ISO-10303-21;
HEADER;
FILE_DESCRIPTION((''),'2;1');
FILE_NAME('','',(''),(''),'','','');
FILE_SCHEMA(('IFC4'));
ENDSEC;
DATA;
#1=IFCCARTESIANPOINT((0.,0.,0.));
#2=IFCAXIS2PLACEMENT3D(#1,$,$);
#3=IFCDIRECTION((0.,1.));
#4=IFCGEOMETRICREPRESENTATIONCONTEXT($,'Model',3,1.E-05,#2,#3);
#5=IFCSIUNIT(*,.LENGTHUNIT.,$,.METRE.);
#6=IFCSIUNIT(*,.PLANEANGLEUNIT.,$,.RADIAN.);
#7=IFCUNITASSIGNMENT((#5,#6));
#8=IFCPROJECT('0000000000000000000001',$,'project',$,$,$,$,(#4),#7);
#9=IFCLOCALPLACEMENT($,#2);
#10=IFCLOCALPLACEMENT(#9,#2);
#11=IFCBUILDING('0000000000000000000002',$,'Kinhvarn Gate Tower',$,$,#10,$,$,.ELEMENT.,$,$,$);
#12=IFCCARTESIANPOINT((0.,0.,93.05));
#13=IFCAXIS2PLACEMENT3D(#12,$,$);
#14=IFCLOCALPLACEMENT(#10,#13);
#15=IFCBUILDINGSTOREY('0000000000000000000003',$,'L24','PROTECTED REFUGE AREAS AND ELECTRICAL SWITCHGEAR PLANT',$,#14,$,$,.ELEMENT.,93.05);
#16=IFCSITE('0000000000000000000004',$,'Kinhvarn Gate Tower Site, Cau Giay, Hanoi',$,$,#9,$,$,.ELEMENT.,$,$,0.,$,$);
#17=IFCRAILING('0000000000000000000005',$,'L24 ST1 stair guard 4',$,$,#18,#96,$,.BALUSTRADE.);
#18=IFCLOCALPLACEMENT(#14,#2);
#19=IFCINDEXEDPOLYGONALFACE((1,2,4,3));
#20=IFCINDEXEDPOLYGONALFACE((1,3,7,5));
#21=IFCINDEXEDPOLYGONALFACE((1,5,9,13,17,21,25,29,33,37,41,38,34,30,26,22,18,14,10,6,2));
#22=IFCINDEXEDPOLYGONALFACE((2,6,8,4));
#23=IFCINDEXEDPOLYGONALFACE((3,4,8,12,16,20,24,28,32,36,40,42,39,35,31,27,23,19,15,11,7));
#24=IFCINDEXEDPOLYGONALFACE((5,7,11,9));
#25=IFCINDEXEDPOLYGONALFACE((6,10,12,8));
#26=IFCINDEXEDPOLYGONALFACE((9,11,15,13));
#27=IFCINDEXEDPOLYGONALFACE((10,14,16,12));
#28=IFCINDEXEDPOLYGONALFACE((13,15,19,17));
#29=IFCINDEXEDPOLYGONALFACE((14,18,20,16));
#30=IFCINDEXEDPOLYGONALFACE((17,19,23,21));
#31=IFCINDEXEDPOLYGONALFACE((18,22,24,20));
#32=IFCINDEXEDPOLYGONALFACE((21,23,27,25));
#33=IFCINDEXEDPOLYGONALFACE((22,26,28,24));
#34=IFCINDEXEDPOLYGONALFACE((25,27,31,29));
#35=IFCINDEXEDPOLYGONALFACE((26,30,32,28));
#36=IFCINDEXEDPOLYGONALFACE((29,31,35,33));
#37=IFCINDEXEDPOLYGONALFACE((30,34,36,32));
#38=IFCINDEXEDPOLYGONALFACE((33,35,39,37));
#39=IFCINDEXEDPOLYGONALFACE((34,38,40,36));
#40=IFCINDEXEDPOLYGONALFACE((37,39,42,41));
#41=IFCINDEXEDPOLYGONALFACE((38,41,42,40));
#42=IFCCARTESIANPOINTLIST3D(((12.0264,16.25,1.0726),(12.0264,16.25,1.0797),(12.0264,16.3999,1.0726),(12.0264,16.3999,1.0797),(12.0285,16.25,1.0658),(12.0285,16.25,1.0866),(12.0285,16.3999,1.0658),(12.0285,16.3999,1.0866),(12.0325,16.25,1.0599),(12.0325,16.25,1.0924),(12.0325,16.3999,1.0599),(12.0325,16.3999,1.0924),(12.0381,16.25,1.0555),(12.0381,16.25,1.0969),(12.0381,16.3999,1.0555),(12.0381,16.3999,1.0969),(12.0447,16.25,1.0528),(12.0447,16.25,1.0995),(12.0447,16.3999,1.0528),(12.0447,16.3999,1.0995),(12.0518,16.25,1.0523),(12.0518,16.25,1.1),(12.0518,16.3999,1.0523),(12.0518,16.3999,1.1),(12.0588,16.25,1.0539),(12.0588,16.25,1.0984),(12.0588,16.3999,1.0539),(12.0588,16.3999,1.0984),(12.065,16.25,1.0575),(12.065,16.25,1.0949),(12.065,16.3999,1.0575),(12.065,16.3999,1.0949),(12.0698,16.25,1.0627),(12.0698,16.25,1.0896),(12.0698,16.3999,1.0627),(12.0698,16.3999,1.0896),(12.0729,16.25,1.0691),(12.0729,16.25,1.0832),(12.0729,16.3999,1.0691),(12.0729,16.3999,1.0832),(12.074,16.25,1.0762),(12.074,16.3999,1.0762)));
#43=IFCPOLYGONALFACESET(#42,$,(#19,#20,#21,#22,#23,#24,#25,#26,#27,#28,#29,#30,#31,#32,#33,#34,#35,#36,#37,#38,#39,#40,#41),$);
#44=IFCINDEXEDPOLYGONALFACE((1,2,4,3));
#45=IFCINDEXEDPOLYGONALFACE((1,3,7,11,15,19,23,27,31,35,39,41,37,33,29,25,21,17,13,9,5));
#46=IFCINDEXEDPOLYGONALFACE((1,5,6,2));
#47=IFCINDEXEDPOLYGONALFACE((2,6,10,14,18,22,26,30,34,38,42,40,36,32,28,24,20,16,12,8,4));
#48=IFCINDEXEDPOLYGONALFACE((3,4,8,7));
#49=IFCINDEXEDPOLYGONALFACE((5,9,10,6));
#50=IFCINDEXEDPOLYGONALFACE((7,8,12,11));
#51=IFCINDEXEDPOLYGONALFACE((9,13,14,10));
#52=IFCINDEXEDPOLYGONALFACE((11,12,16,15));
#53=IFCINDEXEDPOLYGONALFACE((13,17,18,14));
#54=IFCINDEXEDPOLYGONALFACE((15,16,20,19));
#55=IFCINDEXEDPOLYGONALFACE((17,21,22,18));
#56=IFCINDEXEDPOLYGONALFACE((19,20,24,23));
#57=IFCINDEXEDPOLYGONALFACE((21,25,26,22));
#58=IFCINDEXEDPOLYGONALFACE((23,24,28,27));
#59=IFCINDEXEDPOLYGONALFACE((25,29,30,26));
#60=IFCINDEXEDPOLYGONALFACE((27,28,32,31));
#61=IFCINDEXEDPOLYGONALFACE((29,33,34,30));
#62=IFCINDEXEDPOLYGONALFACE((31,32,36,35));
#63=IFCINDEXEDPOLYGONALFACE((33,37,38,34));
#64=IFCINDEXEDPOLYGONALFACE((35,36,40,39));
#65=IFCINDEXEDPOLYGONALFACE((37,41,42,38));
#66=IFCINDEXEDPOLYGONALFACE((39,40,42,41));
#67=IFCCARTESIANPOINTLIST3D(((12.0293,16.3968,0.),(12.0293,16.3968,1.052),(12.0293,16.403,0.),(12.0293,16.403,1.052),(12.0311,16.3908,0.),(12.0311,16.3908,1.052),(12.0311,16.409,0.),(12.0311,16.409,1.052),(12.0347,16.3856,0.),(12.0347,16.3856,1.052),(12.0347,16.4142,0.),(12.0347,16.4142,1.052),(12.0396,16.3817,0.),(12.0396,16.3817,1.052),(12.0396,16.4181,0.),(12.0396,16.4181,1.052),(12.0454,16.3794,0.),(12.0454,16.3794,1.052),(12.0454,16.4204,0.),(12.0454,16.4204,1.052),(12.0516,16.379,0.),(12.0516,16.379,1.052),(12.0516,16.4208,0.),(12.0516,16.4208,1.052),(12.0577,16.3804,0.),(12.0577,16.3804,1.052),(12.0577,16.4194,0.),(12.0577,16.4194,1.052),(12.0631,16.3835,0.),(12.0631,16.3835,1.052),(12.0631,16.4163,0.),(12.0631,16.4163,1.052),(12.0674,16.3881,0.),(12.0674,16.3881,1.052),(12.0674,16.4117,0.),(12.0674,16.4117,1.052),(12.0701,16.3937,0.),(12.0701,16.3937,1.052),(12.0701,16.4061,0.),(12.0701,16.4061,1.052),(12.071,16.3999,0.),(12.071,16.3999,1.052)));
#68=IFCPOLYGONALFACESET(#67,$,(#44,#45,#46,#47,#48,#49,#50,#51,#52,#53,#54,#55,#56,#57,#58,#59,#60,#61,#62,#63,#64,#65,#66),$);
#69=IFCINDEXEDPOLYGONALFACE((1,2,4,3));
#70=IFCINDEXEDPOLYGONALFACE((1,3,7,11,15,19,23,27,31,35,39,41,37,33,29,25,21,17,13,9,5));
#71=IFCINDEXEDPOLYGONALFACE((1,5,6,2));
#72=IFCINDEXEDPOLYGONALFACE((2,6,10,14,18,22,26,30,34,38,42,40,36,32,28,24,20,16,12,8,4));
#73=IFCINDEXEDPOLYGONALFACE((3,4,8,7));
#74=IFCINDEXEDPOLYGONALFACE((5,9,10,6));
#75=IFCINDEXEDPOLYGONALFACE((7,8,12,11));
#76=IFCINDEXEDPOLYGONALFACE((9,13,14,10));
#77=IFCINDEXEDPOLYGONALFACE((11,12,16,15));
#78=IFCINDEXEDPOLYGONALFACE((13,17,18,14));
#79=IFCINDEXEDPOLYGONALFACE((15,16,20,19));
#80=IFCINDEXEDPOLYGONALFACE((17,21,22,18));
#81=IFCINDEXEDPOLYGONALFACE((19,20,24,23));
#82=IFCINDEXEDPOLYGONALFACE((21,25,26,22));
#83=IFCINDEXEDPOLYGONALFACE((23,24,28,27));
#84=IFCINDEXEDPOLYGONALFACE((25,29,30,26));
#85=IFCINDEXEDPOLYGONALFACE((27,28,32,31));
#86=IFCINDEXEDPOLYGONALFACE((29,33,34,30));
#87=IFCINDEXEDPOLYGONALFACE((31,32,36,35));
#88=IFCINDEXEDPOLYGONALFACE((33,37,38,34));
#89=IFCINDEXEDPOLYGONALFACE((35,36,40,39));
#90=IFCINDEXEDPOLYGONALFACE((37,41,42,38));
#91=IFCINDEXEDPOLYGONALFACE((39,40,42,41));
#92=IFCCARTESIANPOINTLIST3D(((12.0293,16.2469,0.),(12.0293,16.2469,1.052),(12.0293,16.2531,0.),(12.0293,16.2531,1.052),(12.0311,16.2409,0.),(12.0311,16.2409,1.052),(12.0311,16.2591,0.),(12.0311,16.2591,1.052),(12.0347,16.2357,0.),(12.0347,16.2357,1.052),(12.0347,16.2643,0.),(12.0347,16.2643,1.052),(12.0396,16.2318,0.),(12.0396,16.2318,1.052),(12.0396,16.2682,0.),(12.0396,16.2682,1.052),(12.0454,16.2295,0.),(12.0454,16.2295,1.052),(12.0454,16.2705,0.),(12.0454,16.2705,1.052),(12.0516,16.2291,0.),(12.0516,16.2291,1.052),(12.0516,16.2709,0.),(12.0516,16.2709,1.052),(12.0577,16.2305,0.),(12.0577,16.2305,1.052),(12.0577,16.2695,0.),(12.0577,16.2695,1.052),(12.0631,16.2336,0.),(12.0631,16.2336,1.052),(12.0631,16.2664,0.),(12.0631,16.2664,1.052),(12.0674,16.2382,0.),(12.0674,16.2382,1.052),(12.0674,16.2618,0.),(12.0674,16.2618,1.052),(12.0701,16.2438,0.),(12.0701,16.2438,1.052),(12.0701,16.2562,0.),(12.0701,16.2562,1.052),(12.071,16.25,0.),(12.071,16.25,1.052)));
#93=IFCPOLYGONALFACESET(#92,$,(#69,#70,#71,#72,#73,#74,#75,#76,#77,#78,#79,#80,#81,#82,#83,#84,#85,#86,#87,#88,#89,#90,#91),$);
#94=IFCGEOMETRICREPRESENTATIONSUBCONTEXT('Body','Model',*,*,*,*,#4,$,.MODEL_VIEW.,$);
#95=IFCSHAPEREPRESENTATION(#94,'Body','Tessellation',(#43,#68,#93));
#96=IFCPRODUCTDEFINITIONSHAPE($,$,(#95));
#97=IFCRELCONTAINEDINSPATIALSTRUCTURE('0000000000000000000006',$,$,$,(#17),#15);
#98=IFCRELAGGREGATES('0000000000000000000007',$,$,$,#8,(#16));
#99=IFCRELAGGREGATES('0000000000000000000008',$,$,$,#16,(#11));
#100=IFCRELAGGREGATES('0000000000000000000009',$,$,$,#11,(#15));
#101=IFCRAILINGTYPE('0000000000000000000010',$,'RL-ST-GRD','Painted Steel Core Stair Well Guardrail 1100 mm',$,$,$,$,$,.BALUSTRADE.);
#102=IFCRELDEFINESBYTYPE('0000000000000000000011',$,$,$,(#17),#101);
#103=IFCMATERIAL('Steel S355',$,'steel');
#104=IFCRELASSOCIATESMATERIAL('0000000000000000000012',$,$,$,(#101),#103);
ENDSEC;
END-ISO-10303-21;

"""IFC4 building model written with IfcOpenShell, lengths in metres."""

from ifc_helpers import new_model, si_unit, direction, frame, origin, origin_2d, place, context, subcontext, project, spatial, circle, extrude, material, type_object, element, save


model = new_model("IFC4")

# Units and contexts
model_context = context("Model", 3, precision=1e-05, world=origin(), true_north=direction((0.0, 1.0)))
body_context = subcontext(model_context, "Body", "Model", "MODEL_VIEW")
ifc_project = project(units=[si_unit("LENGTHUNIT", "METRE"), si_unit("PLANEANGLEUNIT", "RADIAN")], contexts=[model_context])

# Site, building, storey
site_placement = place(None, origin())
site = spatial("IfcSite", under=ifc_project, at=site_placement, Name="Kinhvarn Gate Tower Site, Cau Giay, Hanoi", CompositionType="ELEMENT", RefElevation=0.0)
building_placement = place(site_placement, origin())
building = spatial("IfcBuilding", under=site, at=building_placement, Name="Kinhvarn Gate Tower", CompositionType="ELEMENT")
storey_placement = place(building_placement, frame((0.0, 0.0, 93.05)))
storey = spatial("IfcBuildingStorey", under=building, at=storey_placement, Name="L24", Description="PROTECTED REFUGE AREAS AND ELECTRICAL SWITCHGEAR PLANT", CompositionType="ELEMENT", Elevation=93.05)

# Shared definitions
ifc_material_1 = material(Name="Steel S355", Category="steel")

# Railing
railing_type_1 = type_object("IfcRailingType", Name="RL-ST-GRD", Description="Painted Steel Core Stair Well Guardrail 1100 mm", PredefinedType="BALUSTRADE", material=ifc_material_1)
railing_1_placement = place(storey_placement, frame((12.05, 16.3999, 0.0)))
element("IfcRailing", 1, at=railing_1_placement, inside=storey, type_object=railing_type_1, Name="L24 ST1 stair guard 4", PredefinedType="BALUSTRADE", context=body_context, shape_type="SweptSolid", body=[
    extrude(circle(Radius=0.0239, at=origin_2d()), frame((0.0, 0.0, 1.0762), z_axis=(0.0, -1.0, 0.0), x_axis=(1.0, 0.0, 0.0)), (0.0, 0.0, 1.0), 0.1499),
    extrude(circle(Radius=0.021, at=origin_2d()), origin(), (0.0, 0.0, 1.0), 1.052),
    extrude(circle(Radius=0.021, at=origin_2d()), frame((0.0, -0.1499, 0.0)), (0.0, 0.0, 1.0), 1.052),
])

save(model, "model.ifc")
